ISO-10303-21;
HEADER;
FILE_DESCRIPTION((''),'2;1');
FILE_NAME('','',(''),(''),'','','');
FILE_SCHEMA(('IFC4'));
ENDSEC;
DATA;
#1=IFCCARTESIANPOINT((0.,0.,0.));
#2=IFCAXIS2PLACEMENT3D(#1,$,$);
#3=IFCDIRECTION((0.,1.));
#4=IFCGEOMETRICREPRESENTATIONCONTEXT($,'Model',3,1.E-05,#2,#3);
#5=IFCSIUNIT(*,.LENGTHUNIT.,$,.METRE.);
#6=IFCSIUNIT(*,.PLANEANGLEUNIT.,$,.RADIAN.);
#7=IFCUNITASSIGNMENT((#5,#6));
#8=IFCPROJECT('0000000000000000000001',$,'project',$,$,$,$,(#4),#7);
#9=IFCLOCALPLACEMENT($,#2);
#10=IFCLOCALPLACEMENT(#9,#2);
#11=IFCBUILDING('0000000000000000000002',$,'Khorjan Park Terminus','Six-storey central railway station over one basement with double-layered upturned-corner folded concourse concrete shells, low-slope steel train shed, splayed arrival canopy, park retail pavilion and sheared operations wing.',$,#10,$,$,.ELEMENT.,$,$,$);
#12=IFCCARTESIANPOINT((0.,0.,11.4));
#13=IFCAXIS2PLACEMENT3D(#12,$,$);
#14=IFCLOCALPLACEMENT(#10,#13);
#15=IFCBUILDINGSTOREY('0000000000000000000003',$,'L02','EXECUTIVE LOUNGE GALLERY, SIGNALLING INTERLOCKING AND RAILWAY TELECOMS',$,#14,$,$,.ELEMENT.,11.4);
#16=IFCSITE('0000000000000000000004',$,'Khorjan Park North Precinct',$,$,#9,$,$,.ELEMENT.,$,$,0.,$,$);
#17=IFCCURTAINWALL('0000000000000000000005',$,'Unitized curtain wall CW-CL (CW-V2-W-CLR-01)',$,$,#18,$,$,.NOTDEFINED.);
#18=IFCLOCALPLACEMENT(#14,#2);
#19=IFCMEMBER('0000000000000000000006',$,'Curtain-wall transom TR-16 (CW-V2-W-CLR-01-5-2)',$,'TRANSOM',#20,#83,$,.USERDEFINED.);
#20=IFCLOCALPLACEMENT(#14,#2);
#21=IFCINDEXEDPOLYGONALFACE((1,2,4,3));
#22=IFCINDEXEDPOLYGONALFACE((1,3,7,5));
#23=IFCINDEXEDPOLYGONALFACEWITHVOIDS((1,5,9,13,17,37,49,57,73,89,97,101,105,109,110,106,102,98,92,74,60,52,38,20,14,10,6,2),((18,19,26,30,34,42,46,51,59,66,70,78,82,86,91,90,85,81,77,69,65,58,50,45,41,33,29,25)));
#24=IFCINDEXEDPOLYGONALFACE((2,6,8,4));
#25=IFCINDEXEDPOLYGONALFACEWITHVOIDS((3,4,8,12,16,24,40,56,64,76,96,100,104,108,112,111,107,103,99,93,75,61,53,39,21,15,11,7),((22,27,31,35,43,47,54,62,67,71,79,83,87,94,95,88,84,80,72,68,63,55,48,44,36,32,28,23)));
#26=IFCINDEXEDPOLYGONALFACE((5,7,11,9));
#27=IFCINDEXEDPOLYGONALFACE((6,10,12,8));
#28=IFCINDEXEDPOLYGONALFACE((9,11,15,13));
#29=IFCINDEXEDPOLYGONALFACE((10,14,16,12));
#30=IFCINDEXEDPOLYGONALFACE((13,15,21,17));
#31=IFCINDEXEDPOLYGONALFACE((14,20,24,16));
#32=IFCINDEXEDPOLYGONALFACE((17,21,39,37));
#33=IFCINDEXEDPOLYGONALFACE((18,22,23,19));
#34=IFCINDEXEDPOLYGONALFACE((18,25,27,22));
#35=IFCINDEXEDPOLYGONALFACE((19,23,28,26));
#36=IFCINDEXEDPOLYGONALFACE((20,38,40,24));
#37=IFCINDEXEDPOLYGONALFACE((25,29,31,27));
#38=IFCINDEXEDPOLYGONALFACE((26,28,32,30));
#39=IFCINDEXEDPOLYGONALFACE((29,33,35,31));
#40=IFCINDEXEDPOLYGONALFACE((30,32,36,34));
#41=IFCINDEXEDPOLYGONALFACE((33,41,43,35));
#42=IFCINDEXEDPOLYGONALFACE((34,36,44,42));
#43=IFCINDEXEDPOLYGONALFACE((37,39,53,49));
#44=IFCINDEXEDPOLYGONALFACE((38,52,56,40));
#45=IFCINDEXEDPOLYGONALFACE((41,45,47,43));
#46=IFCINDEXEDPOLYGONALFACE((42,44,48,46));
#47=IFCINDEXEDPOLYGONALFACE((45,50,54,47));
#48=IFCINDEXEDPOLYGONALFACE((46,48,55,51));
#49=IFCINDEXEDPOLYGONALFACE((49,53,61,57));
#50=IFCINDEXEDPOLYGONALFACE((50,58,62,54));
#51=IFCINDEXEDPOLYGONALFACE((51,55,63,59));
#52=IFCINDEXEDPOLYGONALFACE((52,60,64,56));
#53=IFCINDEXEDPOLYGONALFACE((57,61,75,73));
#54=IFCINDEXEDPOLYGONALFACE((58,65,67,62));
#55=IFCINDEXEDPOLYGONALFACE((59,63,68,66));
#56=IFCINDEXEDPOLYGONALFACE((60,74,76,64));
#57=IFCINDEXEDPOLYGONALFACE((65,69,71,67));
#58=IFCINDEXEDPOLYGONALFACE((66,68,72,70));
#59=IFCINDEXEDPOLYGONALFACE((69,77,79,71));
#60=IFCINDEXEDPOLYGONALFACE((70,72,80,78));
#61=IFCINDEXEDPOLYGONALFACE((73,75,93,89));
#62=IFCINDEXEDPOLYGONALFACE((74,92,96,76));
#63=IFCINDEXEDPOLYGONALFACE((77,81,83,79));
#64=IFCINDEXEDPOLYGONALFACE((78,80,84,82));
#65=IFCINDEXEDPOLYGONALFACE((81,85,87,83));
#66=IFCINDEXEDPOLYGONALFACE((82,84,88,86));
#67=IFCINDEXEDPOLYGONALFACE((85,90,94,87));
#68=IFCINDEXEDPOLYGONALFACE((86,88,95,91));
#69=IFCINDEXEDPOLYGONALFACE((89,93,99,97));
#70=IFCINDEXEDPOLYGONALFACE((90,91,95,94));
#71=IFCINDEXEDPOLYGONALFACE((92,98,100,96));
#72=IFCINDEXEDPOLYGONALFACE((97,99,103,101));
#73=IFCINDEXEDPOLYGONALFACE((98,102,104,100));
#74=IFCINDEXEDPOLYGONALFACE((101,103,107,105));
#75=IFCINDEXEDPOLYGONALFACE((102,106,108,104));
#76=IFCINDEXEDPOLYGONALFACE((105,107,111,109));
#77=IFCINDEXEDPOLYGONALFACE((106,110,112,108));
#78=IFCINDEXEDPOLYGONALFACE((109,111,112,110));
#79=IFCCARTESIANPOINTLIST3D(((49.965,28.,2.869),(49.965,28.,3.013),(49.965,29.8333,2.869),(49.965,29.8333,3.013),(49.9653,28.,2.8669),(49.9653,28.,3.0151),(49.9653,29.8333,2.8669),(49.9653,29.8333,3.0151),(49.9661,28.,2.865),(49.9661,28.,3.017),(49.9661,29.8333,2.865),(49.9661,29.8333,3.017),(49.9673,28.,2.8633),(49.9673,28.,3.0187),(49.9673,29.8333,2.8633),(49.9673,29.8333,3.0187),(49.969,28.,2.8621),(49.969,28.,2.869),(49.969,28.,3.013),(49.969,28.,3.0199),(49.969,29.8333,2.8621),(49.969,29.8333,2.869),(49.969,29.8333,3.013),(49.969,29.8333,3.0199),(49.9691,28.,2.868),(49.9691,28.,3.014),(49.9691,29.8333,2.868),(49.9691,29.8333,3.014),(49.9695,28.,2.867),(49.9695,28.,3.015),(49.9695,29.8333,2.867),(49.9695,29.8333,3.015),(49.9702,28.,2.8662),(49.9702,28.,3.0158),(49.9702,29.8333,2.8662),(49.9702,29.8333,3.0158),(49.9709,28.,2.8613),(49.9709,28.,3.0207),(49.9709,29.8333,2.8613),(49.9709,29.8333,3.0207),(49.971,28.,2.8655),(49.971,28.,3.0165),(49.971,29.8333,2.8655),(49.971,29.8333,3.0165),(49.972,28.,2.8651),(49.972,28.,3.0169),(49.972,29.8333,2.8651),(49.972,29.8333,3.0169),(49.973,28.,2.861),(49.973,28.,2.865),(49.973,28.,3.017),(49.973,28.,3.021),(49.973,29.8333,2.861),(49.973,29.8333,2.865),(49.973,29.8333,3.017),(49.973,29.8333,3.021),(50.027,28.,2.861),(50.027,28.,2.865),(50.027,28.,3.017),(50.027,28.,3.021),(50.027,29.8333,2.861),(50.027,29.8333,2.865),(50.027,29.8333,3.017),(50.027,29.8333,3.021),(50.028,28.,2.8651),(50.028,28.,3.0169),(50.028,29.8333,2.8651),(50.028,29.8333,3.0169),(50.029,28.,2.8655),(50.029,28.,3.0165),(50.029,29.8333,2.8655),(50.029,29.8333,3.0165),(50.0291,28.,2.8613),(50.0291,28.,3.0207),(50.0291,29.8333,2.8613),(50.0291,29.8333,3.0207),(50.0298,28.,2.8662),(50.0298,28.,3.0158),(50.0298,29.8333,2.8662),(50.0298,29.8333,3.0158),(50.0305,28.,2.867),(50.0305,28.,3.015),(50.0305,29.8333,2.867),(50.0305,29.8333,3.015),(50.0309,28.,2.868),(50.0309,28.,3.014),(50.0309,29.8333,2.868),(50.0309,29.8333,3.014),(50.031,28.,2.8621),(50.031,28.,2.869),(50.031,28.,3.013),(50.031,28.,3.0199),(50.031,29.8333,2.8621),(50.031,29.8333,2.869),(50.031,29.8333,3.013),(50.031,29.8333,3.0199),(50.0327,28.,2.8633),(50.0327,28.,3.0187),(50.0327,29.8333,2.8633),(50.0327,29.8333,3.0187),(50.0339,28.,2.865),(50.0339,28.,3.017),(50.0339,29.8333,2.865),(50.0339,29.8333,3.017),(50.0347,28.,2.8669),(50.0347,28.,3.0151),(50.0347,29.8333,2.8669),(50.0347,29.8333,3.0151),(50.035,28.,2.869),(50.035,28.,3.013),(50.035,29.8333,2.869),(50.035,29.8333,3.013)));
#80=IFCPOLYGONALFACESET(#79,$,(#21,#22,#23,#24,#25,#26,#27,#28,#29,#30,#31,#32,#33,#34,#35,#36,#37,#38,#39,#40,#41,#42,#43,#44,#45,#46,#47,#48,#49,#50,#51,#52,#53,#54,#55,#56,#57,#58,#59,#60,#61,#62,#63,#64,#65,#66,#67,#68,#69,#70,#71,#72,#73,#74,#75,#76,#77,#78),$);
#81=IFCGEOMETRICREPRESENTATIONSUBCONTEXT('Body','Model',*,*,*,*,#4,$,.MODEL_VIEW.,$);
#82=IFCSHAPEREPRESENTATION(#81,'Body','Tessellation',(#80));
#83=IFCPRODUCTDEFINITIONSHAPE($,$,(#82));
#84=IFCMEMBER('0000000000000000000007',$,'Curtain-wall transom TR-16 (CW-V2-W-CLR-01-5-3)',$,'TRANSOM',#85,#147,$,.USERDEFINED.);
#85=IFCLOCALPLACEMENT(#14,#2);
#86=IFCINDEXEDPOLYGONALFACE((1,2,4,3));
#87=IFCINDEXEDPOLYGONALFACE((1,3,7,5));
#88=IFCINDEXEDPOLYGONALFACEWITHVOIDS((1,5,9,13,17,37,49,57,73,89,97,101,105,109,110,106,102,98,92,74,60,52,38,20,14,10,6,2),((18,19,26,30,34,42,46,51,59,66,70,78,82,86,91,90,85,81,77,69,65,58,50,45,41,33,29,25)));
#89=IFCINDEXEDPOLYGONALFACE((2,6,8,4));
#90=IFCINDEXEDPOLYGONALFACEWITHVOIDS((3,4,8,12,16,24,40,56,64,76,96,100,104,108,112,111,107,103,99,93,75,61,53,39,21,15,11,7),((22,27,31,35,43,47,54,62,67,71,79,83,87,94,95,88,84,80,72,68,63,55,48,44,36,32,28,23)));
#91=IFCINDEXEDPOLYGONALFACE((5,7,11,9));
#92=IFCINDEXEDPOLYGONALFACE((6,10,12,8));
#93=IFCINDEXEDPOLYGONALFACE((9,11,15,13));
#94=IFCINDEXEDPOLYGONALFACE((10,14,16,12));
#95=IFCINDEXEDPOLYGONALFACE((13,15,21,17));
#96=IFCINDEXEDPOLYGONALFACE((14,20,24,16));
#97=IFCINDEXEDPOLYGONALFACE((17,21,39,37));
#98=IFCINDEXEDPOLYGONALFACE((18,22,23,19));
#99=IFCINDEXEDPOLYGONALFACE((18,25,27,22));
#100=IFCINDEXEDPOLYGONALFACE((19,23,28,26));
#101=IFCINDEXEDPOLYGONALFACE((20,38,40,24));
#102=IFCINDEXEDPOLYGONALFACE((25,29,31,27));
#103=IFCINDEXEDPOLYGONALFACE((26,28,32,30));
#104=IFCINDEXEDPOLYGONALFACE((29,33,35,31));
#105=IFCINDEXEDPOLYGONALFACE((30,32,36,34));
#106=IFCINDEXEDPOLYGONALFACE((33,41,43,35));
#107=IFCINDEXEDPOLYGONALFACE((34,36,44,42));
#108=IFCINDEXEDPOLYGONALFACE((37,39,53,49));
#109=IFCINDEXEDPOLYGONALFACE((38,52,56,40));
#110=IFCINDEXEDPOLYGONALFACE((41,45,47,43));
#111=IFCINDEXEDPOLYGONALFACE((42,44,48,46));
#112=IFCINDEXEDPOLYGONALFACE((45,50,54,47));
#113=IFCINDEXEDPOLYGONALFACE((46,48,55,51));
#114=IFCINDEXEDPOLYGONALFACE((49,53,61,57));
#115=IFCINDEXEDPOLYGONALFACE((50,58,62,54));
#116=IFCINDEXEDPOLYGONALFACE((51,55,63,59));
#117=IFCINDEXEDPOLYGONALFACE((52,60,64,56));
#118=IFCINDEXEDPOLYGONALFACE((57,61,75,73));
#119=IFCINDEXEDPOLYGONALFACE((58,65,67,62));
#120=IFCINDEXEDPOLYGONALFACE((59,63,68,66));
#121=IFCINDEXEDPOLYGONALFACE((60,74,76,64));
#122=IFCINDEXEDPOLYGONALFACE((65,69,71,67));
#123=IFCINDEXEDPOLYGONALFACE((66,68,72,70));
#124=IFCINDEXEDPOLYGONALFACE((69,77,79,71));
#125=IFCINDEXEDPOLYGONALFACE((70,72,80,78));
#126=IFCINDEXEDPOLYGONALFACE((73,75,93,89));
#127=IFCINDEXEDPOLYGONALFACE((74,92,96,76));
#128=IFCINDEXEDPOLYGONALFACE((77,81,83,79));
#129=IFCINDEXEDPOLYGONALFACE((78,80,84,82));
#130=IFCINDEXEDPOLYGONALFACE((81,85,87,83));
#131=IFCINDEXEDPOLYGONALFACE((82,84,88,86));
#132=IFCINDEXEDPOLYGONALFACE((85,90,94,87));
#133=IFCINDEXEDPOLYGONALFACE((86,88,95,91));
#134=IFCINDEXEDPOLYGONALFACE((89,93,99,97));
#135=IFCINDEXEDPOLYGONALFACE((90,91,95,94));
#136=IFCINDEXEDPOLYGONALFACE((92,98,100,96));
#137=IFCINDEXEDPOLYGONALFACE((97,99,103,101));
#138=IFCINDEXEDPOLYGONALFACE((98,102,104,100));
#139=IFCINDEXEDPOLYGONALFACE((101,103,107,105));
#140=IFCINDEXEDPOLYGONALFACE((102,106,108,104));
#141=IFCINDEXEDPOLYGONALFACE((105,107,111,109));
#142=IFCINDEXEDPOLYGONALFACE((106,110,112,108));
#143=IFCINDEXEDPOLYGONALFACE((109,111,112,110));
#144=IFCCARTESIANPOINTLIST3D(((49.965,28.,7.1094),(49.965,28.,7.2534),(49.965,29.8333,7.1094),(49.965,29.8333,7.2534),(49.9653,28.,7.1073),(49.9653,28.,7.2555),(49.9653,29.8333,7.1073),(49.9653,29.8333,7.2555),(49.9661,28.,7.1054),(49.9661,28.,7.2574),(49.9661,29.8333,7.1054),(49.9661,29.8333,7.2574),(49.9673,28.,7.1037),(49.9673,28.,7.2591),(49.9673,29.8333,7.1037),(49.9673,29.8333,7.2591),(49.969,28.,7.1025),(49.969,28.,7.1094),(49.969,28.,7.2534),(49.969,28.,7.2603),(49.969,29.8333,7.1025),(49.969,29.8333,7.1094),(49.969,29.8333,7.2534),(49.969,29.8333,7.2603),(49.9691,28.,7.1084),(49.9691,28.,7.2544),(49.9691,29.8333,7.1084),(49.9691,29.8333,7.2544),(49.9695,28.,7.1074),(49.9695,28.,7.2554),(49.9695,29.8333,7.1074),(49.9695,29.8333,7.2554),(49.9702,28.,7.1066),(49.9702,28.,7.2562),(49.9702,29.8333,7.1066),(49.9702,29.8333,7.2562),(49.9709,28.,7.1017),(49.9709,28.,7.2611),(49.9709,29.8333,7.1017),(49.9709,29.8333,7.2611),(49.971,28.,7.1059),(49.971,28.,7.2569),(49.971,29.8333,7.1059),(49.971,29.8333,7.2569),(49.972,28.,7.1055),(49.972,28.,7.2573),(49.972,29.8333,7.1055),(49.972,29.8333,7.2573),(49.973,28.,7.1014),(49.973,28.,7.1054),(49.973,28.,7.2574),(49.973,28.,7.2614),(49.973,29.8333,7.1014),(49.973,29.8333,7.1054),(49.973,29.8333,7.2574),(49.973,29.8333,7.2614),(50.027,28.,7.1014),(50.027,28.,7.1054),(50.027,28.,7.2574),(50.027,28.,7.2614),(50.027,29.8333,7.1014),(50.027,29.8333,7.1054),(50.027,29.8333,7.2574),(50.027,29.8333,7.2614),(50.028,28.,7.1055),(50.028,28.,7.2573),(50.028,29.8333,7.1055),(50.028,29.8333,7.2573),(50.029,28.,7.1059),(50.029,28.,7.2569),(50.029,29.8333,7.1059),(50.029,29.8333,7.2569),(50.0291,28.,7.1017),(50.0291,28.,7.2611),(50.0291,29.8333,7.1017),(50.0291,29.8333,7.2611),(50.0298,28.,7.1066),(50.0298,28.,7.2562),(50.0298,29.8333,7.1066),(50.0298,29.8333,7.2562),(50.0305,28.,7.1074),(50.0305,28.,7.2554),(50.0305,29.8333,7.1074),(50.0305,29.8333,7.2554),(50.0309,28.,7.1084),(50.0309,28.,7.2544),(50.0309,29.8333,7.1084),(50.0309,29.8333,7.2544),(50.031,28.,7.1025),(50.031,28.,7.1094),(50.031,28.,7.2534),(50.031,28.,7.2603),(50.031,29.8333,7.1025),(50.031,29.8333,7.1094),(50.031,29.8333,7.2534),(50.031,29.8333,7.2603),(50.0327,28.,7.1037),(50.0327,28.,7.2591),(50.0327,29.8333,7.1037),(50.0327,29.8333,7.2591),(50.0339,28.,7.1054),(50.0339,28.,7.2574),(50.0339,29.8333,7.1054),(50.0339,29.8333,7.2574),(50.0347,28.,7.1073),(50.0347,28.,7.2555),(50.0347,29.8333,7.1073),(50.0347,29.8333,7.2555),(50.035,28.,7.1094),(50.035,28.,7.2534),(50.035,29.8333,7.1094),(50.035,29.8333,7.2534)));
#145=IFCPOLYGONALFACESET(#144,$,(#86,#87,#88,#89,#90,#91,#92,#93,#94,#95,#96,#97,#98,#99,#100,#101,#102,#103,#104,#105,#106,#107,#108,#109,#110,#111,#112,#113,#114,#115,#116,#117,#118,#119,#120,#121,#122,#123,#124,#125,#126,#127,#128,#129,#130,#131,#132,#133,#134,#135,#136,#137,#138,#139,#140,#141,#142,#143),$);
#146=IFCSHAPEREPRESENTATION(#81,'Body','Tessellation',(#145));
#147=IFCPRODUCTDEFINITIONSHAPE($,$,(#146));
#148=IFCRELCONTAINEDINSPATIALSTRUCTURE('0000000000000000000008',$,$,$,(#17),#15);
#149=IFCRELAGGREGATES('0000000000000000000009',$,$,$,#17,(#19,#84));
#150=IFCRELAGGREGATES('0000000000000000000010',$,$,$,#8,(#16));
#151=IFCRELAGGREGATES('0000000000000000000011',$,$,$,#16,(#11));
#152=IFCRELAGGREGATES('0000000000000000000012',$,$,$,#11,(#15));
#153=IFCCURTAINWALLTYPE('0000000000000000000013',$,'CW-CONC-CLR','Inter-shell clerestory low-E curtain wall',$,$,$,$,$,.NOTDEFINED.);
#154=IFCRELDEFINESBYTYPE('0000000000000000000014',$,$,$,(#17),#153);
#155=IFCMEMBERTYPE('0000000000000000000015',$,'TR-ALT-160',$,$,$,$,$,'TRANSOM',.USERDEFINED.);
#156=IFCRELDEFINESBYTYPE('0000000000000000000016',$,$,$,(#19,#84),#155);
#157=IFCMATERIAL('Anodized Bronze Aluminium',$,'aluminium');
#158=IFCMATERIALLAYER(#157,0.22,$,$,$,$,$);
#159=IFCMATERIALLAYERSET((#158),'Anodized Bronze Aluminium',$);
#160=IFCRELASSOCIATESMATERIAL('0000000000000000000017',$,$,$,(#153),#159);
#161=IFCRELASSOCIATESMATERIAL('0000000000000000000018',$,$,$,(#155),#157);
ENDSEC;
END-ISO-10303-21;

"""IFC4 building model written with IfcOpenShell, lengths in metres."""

from ifc_helpers import new_model, si_unit, direction, frame, origin, origin_2d, place, context, subcontext, project, spatial, hollow_rectangle, extrude, material, layer, layer_set, material_profile, profile_set, type_object, element, aggregate, save


model = new_model("IFC4")

# Units and contexts
model_context = context("Model", 3, precision=1e-05, world=origin(), true_north=direction((0.0, 1.0)))
body_context = subcontext(model_context, "Body", "Model", "MODEL_VIEW")
ifc_project = project(units=[si_unit("LENGTHUNIT", "METRE"), si_unit("PLANEANGLEUNIT", "RADIAN")], contexts=[model_context])

# Site, building, storey
site_placement = place(None, origin())
site = spatial("IfcSite", under=ifc_project, at=site_placement, Name="Khorjan Park North Precinct", CompositionType="ELEMENT", RefElevation=0.0)
building_placement = place(site_placement, origin())
building = spatial("IfcBuilding", under=site, at=building_placement, Name="Khorjan Park Terminus", Description="Six-storey central railway station over one basement with double-layered upturned-corner folded concourse concrete shells, low-slope steel train shed, splayed arrival canopy, park retail pavilion and sheared operations wing.", CompositionType="ELEMENT")
storey_placement = place(building_placement, frame((0.0, 0.0, 11.4)))
storey = spatial("IfcBuildingStorey", under=building, at=storey_placement, Name="L02", Description="EXECUTIVE LOUNGE GALLERY, SIGNALLING INTERLOCKING AND RAILWAY TELECOMS", CompositionType="ELEMENT", Elevation=11.4)

# Curtain wall
ifc_material_1 = material(Name="Anodized Bronze Aluminium", Category="aluminium")
ifc_layer_1 = layer(ifc_material_1, 0.22)
ifc_layer_set_1 = layer_set([ifc_layer_1], Name="Anodized Bronze Aluminium")
curtain_wall_type = type_object("IfcCurtainWallType", Name="CW-CONC-CLR", Description="Inter-shell clerestory low-E curtain wall", PredefinedType="NOTDEFINED", material=ifc_layer_set_1)
curtain_wall_placement = place(storey_placement, origin())
curtain_wall = element("IfcCurtainWall", 1, at=curtain_wall_placement, inside=storey, type_object=curtain_wall_type, Name="Unitized curtain wall CW-CL (CW-V2-W-CLR-01)", PredefinedType="NOTDEFINED")

# Members
ifc_material_profile_1 = material_profile(ifc_material_1, hollow_rectangle(XDim=0.07, YDim=0.16, WallThickness=0.004, InnerFilletRadius=0.004, OuterFilletRadius=0.008, at=origin_2d()), Name="ALT 70x160x4")
ifc_profile_set_1 = profile_set([ifc_material_profile_1], Name="Anodized Bronze Aluminium")
member_type_1 = type_object("IfcMemberType", Name="TR-ALT-160", ElementType="TRANSOM", PredefinedType="USERDEFINED", material=ifc_profile_set_1)
member_1_placement = place(storey_placement, frame((50.0, 29.8333, 2.941), z_axis=(0.0, -1.0, 0.0), x_axis=(1.0, 0.0, 0.0)))
member_1 = element("IfcMember", 2, at=member_1_placement, type_object=member_type_1, Name="Curtain-wall transom TR-16 (CW-V2-W-CLR-01-5-2)", ObjectType="TRANSOM", PredefinedType="USERDEFINED", context=body_context, shape_type="SweptSolid", body=[
    extrude(hollow_rectangle(XDim=0.07, YDim=0.16, WallThickness=0.004, InnerFilletRadius=0.004, OuterFilletRadius=0.008, at=origin_2d()), origin(), (0.0, 0.0, 1.0), 1.8333),
])
member_2_placement = place(storey_placement, frame((50.0, 29.8333, 7.1814), z_axis=(0.0, -1.0, 0.0), x_axis=(1.0, 0.0, 0.0)))
member_2 = element("IfcMember", 3, at=member_2_placement, type_object=member_type_1, Name="Curtain-wall transom TR-16 (CW-V2-W-CLR-01-5-3)", ObjectType="TRANSOM", PredefinedType="USERDEFINED", context=body_context, shape_type="SweptSolid", body=[
    extrude(hollow_rectangle(XDim=0.07, YDim=0.16, WallThickness=0.004, InnerFilletRadius=0.004, OuterFilletRadius=0.008, at=origin_2d()), origin(), (0.0, 0.0, 1.0), 1.8333),
])

aggregate(curtain_wall, [member_1, member_2])

save(model, "model.ifc")
